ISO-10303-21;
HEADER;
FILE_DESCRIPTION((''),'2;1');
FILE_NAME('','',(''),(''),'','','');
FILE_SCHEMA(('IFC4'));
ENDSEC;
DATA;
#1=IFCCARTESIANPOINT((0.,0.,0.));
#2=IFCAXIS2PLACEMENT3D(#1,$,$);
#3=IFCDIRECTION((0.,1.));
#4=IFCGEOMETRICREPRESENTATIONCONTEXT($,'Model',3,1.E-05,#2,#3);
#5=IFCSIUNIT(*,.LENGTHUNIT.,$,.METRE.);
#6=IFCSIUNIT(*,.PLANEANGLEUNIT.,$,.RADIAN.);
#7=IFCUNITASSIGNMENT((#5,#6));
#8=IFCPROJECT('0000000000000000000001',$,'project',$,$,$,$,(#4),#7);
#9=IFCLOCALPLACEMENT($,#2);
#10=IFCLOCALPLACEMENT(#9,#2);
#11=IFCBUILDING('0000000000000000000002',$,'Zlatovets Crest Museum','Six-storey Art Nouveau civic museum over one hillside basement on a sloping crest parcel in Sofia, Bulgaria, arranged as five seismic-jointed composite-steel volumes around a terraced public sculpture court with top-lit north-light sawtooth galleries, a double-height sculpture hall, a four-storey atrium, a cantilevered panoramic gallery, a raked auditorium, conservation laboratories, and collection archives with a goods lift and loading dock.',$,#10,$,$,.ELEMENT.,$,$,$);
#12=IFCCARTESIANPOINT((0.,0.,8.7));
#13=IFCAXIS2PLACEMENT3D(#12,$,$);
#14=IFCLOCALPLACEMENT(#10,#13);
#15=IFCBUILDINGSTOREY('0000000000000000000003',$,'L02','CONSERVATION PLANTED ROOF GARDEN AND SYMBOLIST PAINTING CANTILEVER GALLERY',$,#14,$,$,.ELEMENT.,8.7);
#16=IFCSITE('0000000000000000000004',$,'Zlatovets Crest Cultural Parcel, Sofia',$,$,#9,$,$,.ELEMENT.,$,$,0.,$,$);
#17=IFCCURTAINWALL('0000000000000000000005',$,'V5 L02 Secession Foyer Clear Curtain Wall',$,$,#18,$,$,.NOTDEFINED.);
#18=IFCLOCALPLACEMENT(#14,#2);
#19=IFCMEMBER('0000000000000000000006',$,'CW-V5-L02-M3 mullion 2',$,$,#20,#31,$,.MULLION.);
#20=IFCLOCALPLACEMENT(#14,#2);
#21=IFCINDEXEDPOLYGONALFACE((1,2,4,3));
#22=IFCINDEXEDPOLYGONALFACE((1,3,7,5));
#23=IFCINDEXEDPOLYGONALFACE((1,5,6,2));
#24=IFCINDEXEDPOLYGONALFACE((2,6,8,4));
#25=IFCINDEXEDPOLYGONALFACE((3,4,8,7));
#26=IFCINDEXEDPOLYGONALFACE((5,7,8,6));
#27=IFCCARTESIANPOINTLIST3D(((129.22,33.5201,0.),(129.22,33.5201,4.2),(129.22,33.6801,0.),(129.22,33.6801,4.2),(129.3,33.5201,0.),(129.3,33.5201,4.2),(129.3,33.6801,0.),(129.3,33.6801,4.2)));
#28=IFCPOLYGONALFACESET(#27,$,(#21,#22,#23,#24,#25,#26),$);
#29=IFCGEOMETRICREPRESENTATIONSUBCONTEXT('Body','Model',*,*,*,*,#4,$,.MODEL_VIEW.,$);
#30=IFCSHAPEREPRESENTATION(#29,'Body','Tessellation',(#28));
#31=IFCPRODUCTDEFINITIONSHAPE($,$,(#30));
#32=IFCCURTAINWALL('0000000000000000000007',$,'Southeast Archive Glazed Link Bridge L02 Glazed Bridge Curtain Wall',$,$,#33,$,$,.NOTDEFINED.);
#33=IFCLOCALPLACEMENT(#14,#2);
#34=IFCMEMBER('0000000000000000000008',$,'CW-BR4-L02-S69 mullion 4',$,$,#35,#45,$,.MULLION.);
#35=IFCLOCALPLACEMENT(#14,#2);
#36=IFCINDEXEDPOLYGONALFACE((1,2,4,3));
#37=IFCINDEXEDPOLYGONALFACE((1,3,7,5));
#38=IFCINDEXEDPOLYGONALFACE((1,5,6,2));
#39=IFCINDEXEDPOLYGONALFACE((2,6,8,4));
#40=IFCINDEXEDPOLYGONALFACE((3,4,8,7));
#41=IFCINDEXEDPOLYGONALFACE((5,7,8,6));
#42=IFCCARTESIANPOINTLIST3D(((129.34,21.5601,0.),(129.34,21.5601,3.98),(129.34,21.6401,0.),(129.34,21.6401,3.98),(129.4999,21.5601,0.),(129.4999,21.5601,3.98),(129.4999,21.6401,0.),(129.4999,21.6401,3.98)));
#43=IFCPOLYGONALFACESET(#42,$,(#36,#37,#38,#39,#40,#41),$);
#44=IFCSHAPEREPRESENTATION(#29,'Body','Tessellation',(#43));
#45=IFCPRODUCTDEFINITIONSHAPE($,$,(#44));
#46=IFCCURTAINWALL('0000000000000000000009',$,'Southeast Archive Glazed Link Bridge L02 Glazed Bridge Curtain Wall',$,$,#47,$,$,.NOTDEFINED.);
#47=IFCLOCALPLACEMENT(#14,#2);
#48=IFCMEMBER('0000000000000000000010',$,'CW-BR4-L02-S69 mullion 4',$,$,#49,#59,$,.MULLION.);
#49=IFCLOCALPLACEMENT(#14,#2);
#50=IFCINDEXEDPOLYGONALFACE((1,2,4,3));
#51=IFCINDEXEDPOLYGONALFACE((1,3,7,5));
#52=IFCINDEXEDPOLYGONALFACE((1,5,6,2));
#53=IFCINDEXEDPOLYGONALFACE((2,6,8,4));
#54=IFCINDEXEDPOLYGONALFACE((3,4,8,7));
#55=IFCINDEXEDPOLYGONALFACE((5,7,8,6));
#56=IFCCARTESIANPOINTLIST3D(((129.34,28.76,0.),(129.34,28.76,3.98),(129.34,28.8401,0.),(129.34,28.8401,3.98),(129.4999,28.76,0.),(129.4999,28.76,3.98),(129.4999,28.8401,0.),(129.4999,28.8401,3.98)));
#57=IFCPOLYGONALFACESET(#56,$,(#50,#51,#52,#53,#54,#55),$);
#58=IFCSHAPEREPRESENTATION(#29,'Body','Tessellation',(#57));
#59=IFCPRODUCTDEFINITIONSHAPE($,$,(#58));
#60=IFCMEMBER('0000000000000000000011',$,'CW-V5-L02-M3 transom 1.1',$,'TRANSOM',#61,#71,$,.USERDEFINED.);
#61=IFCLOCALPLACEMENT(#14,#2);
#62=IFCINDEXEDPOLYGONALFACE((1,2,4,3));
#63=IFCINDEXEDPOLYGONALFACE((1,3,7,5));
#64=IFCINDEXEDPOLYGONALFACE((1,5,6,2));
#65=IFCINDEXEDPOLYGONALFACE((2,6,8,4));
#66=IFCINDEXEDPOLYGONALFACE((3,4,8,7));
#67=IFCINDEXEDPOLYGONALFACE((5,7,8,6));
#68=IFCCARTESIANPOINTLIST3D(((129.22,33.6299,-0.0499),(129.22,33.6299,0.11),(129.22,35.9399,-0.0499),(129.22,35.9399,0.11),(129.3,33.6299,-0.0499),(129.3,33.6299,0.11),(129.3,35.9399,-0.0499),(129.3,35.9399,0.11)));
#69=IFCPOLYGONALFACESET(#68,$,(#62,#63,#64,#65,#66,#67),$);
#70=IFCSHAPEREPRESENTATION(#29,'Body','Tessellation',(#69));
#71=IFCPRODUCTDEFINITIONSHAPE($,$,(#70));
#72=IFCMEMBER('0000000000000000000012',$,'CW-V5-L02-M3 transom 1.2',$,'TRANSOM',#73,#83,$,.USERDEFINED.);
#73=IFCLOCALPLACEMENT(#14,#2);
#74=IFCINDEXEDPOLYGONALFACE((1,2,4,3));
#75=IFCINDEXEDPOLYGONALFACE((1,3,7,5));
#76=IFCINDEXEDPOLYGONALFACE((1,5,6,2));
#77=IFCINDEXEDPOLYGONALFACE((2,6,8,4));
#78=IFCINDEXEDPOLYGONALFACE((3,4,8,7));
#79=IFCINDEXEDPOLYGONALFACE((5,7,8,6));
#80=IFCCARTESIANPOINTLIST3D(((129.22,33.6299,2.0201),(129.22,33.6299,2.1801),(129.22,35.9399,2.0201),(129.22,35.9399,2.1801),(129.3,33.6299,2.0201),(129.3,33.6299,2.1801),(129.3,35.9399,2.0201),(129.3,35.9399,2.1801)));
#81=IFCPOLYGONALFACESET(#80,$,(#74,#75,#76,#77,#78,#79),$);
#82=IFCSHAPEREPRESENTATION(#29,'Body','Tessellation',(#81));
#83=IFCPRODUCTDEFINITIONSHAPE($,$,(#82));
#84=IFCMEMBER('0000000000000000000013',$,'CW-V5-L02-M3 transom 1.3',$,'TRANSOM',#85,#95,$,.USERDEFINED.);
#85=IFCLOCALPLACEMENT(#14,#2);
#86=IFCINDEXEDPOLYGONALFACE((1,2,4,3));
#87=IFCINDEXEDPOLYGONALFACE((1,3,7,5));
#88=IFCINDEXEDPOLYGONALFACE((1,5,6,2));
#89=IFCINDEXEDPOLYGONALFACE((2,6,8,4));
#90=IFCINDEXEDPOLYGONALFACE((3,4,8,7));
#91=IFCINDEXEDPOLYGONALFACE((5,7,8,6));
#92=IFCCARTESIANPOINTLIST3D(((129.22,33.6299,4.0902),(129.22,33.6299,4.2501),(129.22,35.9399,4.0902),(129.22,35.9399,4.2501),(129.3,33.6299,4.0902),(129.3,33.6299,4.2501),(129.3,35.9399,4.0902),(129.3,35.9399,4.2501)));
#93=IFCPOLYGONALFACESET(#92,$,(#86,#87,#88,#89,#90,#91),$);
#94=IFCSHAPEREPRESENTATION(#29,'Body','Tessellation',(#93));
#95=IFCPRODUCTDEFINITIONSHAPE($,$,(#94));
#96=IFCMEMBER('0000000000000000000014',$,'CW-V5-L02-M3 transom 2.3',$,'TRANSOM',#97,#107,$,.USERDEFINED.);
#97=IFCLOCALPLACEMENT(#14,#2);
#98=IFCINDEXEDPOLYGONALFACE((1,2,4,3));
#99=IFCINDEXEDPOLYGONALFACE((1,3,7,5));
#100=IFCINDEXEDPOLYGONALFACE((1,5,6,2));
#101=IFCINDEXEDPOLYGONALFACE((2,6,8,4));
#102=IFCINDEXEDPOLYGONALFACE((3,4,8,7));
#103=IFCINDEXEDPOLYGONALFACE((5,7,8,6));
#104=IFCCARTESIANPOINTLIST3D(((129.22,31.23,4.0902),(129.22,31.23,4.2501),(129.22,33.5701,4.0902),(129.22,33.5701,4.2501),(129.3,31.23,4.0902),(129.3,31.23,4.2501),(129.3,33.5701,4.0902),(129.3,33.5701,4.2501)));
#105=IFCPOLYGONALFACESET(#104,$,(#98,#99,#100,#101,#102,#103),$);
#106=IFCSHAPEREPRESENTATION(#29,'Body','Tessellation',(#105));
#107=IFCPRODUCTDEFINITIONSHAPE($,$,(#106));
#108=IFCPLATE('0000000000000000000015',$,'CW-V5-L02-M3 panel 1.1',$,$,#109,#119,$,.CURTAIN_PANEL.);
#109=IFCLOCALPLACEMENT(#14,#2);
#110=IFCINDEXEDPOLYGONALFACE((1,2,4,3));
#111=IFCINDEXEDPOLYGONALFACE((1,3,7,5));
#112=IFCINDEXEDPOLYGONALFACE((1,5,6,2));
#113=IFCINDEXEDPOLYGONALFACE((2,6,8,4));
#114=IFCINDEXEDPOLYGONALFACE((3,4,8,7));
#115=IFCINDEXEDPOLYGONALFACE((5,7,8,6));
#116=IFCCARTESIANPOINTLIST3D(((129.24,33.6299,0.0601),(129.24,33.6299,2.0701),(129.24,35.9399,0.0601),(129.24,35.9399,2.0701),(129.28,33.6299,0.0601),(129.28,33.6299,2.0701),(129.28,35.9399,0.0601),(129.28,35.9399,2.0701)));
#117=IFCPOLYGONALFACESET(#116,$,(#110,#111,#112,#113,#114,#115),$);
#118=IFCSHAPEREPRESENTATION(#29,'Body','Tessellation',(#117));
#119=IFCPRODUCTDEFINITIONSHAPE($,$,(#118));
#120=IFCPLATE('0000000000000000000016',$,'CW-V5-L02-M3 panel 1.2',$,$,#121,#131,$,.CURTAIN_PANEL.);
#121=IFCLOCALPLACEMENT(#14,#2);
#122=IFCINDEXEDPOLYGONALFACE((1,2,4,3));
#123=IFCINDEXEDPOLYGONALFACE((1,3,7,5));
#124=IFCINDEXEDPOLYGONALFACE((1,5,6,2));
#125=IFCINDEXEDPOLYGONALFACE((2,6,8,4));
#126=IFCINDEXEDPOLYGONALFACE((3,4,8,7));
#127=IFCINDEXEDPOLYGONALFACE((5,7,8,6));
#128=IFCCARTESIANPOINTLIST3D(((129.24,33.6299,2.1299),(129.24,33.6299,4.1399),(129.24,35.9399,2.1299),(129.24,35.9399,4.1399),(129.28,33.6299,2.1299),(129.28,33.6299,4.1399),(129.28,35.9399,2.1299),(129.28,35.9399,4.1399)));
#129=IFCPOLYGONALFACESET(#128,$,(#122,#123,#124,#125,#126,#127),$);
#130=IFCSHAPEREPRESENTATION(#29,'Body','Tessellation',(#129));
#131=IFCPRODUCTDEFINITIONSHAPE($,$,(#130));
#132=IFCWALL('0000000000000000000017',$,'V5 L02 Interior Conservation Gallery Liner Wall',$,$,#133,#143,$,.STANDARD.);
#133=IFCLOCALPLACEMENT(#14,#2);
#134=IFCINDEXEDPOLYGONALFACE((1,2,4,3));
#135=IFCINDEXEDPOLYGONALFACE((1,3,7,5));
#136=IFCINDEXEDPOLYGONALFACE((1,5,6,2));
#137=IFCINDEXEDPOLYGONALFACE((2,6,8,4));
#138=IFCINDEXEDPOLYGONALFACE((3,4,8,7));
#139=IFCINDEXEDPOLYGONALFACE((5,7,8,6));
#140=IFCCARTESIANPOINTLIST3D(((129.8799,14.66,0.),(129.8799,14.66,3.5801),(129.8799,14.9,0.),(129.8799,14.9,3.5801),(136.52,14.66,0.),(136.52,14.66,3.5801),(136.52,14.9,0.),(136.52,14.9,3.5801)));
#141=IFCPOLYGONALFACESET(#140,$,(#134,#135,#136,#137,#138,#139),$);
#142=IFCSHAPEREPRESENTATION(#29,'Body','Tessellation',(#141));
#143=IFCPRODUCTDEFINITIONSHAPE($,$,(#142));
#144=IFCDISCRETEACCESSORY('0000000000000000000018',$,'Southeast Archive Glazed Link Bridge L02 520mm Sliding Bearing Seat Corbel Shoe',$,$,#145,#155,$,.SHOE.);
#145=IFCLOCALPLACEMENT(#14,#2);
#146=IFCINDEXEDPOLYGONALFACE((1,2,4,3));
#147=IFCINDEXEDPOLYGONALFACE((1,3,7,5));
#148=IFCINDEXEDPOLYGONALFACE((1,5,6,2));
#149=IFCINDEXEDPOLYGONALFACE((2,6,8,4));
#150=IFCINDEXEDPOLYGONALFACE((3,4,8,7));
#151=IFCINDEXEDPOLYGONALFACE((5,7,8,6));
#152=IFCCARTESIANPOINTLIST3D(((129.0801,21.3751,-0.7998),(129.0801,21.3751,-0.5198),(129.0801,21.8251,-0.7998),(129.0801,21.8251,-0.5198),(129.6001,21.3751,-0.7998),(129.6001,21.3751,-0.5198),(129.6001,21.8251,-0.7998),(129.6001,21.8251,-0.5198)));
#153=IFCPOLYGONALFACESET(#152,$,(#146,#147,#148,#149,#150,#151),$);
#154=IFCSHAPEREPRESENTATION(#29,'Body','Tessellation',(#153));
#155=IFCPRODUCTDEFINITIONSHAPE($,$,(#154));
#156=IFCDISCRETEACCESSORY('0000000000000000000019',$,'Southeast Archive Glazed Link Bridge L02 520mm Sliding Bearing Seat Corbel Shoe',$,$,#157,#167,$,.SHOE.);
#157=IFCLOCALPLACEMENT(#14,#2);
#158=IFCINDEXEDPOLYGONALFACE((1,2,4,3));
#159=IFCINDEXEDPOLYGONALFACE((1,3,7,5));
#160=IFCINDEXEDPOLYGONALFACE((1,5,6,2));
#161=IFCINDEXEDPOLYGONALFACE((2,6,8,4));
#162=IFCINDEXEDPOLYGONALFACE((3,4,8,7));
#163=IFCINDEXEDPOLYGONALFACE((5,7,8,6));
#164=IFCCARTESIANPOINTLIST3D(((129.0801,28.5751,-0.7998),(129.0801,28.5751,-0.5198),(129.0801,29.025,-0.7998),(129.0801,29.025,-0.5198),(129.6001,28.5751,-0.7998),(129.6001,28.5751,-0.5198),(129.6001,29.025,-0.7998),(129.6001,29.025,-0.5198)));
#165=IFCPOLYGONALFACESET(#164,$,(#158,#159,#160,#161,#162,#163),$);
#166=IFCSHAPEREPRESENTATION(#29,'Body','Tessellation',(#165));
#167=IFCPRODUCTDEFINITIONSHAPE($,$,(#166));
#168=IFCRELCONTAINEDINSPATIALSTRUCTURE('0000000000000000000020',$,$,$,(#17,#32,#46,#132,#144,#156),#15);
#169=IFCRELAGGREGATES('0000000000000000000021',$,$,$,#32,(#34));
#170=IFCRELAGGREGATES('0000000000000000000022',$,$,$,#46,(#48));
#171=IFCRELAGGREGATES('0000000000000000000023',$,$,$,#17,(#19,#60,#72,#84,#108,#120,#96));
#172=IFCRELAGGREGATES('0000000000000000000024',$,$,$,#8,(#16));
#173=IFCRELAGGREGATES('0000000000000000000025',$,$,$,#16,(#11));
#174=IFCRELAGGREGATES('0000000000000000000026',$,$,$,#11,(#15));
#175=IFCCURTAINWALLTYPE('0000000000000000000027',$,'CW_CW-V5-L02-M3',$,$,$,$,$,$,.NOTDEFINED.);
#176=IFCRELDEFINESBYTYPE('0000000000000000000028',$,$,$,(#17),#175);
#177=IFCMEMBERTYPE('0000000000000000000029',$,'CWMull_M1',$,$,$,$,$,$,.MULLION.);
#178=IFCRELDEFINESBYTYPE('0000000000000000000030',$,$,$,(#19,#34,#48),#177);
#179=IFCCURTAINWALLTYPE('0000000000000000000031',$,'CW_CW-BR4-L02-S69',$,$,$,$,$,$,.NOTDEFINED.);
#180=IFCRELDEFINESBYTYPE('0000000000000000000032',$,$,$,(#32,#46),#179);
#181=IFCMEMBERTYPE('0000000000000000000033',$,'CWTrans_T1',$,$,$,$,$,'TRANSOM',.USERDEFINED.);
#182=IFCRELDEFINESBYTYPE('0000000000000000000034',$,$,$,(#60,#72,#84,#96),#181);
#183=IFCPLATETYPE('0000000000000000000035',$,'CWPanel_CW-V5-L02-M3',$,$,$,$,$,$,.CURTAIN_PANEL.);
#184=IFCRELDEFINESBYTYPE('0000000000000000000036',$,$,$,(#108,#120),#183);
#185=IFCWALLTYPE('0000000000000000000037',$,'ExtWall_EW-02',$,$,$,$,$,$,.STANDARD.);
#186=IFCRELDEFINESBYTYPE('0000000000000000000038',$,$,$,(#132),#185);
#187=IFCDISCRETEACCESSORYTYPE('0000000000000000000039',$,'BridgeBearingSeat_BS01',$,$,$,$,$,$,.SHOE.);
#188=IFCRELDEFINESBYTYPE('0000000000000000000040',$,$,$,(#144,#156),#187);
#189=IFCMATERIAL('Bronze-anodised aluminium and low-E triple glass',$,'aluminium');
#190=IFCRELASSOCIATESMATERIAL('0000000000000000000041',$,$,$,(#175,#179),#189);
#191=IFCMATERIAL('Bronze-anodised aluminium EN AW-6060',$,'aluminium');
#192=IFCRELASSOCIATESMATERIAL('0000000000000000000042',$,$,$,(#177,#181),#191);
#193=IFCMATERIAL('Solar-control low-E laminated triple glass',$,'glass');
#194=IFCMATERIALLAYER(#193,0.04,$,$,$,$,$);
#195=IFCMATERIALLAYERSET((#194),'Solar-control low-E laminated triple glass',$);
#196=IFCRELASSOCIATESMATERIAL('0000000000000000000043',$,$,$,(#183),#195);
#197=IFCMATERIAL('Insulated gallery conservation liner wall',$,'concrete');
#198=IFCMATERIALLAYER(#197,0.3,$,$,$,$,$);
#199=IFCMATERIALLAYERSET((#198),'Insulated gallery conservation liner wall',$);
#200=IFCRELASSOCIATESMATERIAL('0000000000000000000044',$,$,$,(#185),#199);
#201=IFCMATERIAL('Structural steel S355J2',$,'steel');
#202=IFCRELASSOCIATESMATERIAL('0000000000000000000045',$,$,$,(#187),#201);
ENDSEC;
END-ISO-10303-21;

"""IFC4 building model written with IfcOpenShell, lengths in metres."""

from ifc_helpers import new_model, si_unit, direction, frame, frame_2d, origin, origin_2d, place, context, subcontext, project, spatial, rectangle, extrude, material, layer, layer_set, material_profile, profile_set, type_object, element, aggregate, save


model = new_model("IFC4")

# Units and contexts
model_context = context("Model", 3, precision=1e-05, world=origin(), true_north=direction((0.0, 1.0)))
body_context = subcontext(model_context, "Body", "Model", "MODEL_VIEW")
ifc_project = project(units=[si_unit("LENGTHUNIT", "METRE"), si_unit("PLANEANGLEUNIT", "RADIAN")], contexts=[model_context])

# Site, building, storey
site_placement = place(None, origin())
site = spatial("IfcSite", under=ifc_project, at=site_placement, Name="Zlatovets Crest Cultural Parcel, Sofia", CompositionType="ELEMENT", RefElevation=0.0)
building_placement = place(site_placement, origin())
building = spatial("IfcBuilding", under=site, at=building_placement, Name="Zlatovets Crest Museum", Description="Six-storey Art Nouveau civic museum over one hillside basement on a sloping crest parcel in Sofia, Bulgaria, arranged as five seismic-jointed composite-steel volumes around a terraced public sculpture court with top-lit north-light sawtooth galleries, a double-height sculpture hall, a four-storey atrium, a cantilevered panoramic gallery, a raked auditorium, conservation laboratories, and collection archives with a goods lift and loading dock.", CompositionType="ELEMENT")
storey_placement = place(building_placement, frame((0.0, 0.0, 8.7)))
storey = spatial("IfcBuildingStorey", under=building, at=storey_placement, Name="L02", Description="CONSERVATION PLANTED ROOF GARDEN AND SYMBOLIST PAINTING CANTILEVER GALLERY", CompositionType="ELEMENT", Elevation=8.7)

# Shared definitions
ifc_material_1 = material(Name="Structural steel S355J2", Category="steel")

# Curtain wall, member
ifc_material_2 = material(Name="Bronze-anodised aluminium and low-E triple glass", Category="aluminium")
curtain_wall_type_1 = type_object("IfcCurtainWallType", Name="CW_CW-V5-L02-M3", PredefinedType="NOTDEFINED", material=ifc_material_2)
curtain_wall_1_placement = place(storey_placement, origin())
curtain_wall_1 = element("IfcCurtainWall", 1, at=curtain_wall_1_placement, inside=storey, type_object=curtain_wall_type_1, Name="V5 L02 Secession Foyer Clear Curtain Wall", PredefinedType="NOTDEFINED")
ifc_material_3 = material(Name="Bronze-anodised aluminium EN AW-6060", Category="aluminium")
ifc_material_profile_1 = material_profile(ifc_material_3, rectangle(XDim=0.0801, YDim=0.1599, at=origin_2d()), Name="ALU 80x160")
ifc_profile_set_1 = profile_set([ifc_material_profile_1], Name="Bronze-anodised aluminium EN AW-6060")
member_type_1 = type_object("IfcMemberType", Name="CWMull_M1", PredefinedType="MULLION", material=ifc_profile_set_1)
member_1_placement = place(storey_placement, frame((129.26, 33.6001, 0.0), z_axis=(0.0, 0.0, 1.0), x_axis=(1.0, 0.0, 0.0)))
member_1 = element("IfcMember", 2, at=member_1_placement, type_object=member_type_1, Name="CW-V5-L02-M3 mullion 2", PredefinedType="MULLION", context=body_context, shape_type="SweptSolid", body=[
    extrude(rectangle(XDim=0.0801, YDim=0.1599, at=origin_2d()), origin(), (0.0, 0.0, 1.0), 4.2),
])

# Curtain walls, members
curtain_wall_type_2 = type_object("IfcCurtainWallType", Name="CW_CW-BR4-L02-S69", PredefinedType="NOTDEFINED", material=ifc_material_2)
curtain_wall_2_placement = place(storey_placement, origin())
curtain_wall_2 = element("IfcCurtainWall", 3, at=curtain_wall_2_placement, inside=storey, type_object=curtain_wall_type_2, Name="Southeast Archive Glazed Link Bridge L02 Glazed Bridge Curtain Wall", PredefinedType="NOTDEFINED")
member_2_placement = place(storey_placement, frame((129.4199, 21.6001, 0.0), z_axis=(0.0, 0.0, 1.0), x_axis=(0.0, 1.0, 0.0)))
member_2 = element("IfcMember", 4, at=member_2_placement, type_object=member_type_1, Name="CW-BR4-L02-S69 mullion 4", PredefinedType="MULLION", context=body_context, shape_type="SweptSolid", body=[
    extrude(rectangle(XDim=0.0801, YDim=0.1599, at=origin_2d()), origin(), (0.0, 0.0, 1.0), 3.98),
])
aggregate(curtain_wall_2, [member_2])
curtain_wall_3_placement = place(storey_placement, origin())
curtain_wall_3 = element("IfcCurtainWall", 5, at=curtain_wall_3_placement, inside=storey, type_object=curtain_wall_type_2, Name="Southeast Archive Glazed Link Bridge L02 Glazed Bridge Curtain Wall", PredefinedType="NOTDEFINED")
member_3_placement = place(storey_placement, frame((129.4199, 28.8, 0.0), z_axis=(0.0, 0.0, 1.0), x_axis=(0.0, 1.0, 0.0)))
member_3 = element("IfcMember", 6, at=member_3_placement, type_object=member_type_1, Name="CW-BR4-L02-S69 mullion 4", PredefinedType="MULLION", context=body_context, shape_type="SweptSolid", body=[
    extrude(rectangle(XDim=0.0801, YDim=0.1599, at=origin_2d()), origin(), (0.0, 0.0, 1.0), 3.98),
])
aggregate(curtain_wall_3, [member_3])

# Members
ifc_material_profile_2 = material_profile(ifc_material_3, rectangle(XDim=0.0801, YDim=0.1599, at=origin_2d()), Name="ALU 80x160")
ifc_profile_set_2 = profile_set([ifc_material_profile_2], Name="Bronze-anodised aluminium EN AW-6060")
member_type_2 = type_object("IfcMemberType", Name="CWTrans_T1", ElementType="TRANSOM", PredefinedType="USERDEFINED", material=ifc_profile_set_2)
member_4_placement = place(storey_placement, frame((129.26, 35.9399, 0.03), z_axis=(0.0, -1.0, 0.0), x_axis=(1.0, 0.0, 0.0)))
member_4 = element("IfcMember", 7, at=member_4_placement, type_object=member_type_2, Name="CW-V5-L02-M3 transom 1.1", ObjectType="TRANSOM", PredefinedType="USERDEFINED", context=body_context, shape_type="SweptSolid", body=[
    extrude(rectangle(XDim=0.0801, YDim=0.1599, at=origin_2d()), origin(), (0.0, 0.0, 1.0), 2.3101),
])
member_5_placement = place(storey_placement, frame((129.26, 35.9399, 2.1001), z_axis=(0.0, -1.0, 0.0), x_axis=(1.0, 0.0, 0.0)))
member_5 = element("IfcMember", 8, at=member_5_placement, type_object=member_type_2, Name="CW-V5-L02-M3 transom 1.2", ObjectType="TRANSOM", PredefinedType="USERDEFINED", context=body_context, shape_type="SweptSolid", body=[
    extrude(rectangle(XDim=0.0801, YDim=0.1599, at=origin_2d()), origin(), (0.0, 0.0, 1.0), 2.3101),
])
member_6_placement = place(storey_placement, frame((129.26, 35.9399, 4.1702), z_axis=(0.0, -1.0, 0.0), x_axis=(1.0, 0.0, 0.0)))
member_6 = element("IfcMember", 9, at=member_6_placement, type_object=member_type_2, Name="CW-V5-L02-M3 transom 1.3", ObjectType="TRANSOM", PredefinedType="USERDEFINED", context=body_context, shape_type="SweptSolid", body=[
    extrude(rectangle(XDim=0.0801, YDim=0.1599, at=origin_2d()), origin(), (0.0, 0.0, 1.0), 2.3101),
])
member_7_placement = place(storey_placement, frame((129.26, 33.5701, 4.1702), z_axis=(0.0, -1.0, 0.0), x_axis=(1.0, 0.0, 0.0)))
member_7 = element("IfcMember", 10, at=member_7_placement, type_object=member_type_2, Name="CW-V5-L02-M3 transom 2.3", ObjectType="TRANSOM", PredefinedType="USERDEFINED", context=body_context, shape_type="SweptSolid", body=[
    extrude(rectangle(XDim=0.0801, YDim=0.1599, at=origin_2d()), origin(), (0.0, 0.0, 1.0), 2.3401),
])

# Plates
ifc_material_4 = material(Name="Solar-control low-E laminated triple glass", Category="glass")
ifc_layer_1 = layer(ifc_material_4, 0.04)
ifc_layer_set_1 = layer_set([ifc_layer_1], Name="Solar-control low-E laminated triple glass")
plate_type = type_object("IfcPlateType", Name="CWPanel_CW-V5-L02-M3", PredefinedType="CURTAIN_PANEL", material=ifc_layer_set_1)
plate_1_placement = place(storey_placement, frame((129.26, 34.7849, 0.0601), z_axis=(0.0, 0.0, 1.0), x_axis=(0.0, -1.0, 0.0)))
plate_1 = element("IfcPlate", 11, at=plate_1_placement, type_object=plate_type, Name="CW-V5-L02-M3 panel 1.1", PredefinedType="CURTAIN_PANEL", context=body_context, shape_type="SweptSolid", body=[
    extrude(rectangle(XDim=2.3101, YDim=0.04, at=origin_2d()), origin(), (0.0, 0.0, 1.0), 2.01),
])
plate_2_placement = place(storey_placement, frame((129.26, 34.7849, 2.1299), z_axis=(0.0, 0.0, 1.0), x_axis=(0.0, -1.0, 0.0)))
plate_2 = element("IfcPlate", 12, at=plate_2_placement, type_object=plate_type, Name="CW-V5-L02-M3 panel 1.2", PredefinedType="CURTAIN_PANEL", context=body_context, shape_type="SweptSolid", body=[
    extrude(rectangle(XDim=2.3101, YDim=0.04, at=origin_2d()), origin(), (0.0, 0.0, 1.0), 2.01),
])
aggregate(curtain_wall_1, [member_1, member_4, member_5, member_6, plate_1, plate_2, member_7])

# Wall
ifc_material_5 = material(Name="Insulated gallery conservation liner wall", Category="concrete")
ifc_layer_2 = layer(ifc_material_5, 0.3)
ifc_layer_set_2 = layer_set([ifc_layer_2], Name="Insulated gallery conservation liner wall")
wall_type = type_object("IfcWallType", Name="ExtWall_EW-02", PredefinedType="STANDARD", material=ifc_layer_set_2)
wall_placement = place(storey_placement, frame((129.8799, 14.78, 0.0), z_axis=(0.0, 0.0, 1.0), x_axis=(1.0, 0.0, 0.0)))
element("IfcWall", 13, at=wall_placement, inside=storey, type_object=wall_type, Name="V5 L02 Interior Conservation Gallery Liner Wall", PredefinedType="STANDARD", context=body_context, shape_type="SweptSolid", body=[
    extrude(rectangle(XDim=6.6401, YDim=0.24, at=frame_2d((3.3201, 0.0))), origin(), (0.0, 0.0, 1.0), 3.5801),
])

# Discrete accessories
discrete_accessory_type = type_object("IfcDiscreteAccessoryType", Name="BridgeBearingSeat_BS01", PredefinedType="SHOE", material=ifc_material_1)
for number, where, z_axis, x_axis, name in (
    (14, (129.3401, 21.6001, -0.7998), (0.0, 0.0, 1.0), (1.0, 0.0, 0.0), "Southeast Archive Glazed Link Bridge L02 520mm Sliding Bearing Seat Corbel Shoe"),
    (15, (129.3401, 28.8, -0.7998), (0.0, 0.0, 1.0), (1.0, 0.0, 0.0), "Southeast Archive Glazed Link Bridge L02 520mm Sliding Bearing Seat Corbel Shoe"),
):
    element("IfcDiscreteAccessory", number, at=place(storey_placement, frame(where, z_axis=z_axis, x_axis=x_axis)), inside=storey, type_object=discrete_accessory_type, Name=name, PredefinedType="SHOE", context=body_context, shape_type="SweptSolid", body=[
        extrude(rectangle(XDim=0.52, YDim=0.45, at=origin_2d()), origin(), (0.0, 0.0, 1.0), 0.28),
    ])

save(model, "model.ifc")
